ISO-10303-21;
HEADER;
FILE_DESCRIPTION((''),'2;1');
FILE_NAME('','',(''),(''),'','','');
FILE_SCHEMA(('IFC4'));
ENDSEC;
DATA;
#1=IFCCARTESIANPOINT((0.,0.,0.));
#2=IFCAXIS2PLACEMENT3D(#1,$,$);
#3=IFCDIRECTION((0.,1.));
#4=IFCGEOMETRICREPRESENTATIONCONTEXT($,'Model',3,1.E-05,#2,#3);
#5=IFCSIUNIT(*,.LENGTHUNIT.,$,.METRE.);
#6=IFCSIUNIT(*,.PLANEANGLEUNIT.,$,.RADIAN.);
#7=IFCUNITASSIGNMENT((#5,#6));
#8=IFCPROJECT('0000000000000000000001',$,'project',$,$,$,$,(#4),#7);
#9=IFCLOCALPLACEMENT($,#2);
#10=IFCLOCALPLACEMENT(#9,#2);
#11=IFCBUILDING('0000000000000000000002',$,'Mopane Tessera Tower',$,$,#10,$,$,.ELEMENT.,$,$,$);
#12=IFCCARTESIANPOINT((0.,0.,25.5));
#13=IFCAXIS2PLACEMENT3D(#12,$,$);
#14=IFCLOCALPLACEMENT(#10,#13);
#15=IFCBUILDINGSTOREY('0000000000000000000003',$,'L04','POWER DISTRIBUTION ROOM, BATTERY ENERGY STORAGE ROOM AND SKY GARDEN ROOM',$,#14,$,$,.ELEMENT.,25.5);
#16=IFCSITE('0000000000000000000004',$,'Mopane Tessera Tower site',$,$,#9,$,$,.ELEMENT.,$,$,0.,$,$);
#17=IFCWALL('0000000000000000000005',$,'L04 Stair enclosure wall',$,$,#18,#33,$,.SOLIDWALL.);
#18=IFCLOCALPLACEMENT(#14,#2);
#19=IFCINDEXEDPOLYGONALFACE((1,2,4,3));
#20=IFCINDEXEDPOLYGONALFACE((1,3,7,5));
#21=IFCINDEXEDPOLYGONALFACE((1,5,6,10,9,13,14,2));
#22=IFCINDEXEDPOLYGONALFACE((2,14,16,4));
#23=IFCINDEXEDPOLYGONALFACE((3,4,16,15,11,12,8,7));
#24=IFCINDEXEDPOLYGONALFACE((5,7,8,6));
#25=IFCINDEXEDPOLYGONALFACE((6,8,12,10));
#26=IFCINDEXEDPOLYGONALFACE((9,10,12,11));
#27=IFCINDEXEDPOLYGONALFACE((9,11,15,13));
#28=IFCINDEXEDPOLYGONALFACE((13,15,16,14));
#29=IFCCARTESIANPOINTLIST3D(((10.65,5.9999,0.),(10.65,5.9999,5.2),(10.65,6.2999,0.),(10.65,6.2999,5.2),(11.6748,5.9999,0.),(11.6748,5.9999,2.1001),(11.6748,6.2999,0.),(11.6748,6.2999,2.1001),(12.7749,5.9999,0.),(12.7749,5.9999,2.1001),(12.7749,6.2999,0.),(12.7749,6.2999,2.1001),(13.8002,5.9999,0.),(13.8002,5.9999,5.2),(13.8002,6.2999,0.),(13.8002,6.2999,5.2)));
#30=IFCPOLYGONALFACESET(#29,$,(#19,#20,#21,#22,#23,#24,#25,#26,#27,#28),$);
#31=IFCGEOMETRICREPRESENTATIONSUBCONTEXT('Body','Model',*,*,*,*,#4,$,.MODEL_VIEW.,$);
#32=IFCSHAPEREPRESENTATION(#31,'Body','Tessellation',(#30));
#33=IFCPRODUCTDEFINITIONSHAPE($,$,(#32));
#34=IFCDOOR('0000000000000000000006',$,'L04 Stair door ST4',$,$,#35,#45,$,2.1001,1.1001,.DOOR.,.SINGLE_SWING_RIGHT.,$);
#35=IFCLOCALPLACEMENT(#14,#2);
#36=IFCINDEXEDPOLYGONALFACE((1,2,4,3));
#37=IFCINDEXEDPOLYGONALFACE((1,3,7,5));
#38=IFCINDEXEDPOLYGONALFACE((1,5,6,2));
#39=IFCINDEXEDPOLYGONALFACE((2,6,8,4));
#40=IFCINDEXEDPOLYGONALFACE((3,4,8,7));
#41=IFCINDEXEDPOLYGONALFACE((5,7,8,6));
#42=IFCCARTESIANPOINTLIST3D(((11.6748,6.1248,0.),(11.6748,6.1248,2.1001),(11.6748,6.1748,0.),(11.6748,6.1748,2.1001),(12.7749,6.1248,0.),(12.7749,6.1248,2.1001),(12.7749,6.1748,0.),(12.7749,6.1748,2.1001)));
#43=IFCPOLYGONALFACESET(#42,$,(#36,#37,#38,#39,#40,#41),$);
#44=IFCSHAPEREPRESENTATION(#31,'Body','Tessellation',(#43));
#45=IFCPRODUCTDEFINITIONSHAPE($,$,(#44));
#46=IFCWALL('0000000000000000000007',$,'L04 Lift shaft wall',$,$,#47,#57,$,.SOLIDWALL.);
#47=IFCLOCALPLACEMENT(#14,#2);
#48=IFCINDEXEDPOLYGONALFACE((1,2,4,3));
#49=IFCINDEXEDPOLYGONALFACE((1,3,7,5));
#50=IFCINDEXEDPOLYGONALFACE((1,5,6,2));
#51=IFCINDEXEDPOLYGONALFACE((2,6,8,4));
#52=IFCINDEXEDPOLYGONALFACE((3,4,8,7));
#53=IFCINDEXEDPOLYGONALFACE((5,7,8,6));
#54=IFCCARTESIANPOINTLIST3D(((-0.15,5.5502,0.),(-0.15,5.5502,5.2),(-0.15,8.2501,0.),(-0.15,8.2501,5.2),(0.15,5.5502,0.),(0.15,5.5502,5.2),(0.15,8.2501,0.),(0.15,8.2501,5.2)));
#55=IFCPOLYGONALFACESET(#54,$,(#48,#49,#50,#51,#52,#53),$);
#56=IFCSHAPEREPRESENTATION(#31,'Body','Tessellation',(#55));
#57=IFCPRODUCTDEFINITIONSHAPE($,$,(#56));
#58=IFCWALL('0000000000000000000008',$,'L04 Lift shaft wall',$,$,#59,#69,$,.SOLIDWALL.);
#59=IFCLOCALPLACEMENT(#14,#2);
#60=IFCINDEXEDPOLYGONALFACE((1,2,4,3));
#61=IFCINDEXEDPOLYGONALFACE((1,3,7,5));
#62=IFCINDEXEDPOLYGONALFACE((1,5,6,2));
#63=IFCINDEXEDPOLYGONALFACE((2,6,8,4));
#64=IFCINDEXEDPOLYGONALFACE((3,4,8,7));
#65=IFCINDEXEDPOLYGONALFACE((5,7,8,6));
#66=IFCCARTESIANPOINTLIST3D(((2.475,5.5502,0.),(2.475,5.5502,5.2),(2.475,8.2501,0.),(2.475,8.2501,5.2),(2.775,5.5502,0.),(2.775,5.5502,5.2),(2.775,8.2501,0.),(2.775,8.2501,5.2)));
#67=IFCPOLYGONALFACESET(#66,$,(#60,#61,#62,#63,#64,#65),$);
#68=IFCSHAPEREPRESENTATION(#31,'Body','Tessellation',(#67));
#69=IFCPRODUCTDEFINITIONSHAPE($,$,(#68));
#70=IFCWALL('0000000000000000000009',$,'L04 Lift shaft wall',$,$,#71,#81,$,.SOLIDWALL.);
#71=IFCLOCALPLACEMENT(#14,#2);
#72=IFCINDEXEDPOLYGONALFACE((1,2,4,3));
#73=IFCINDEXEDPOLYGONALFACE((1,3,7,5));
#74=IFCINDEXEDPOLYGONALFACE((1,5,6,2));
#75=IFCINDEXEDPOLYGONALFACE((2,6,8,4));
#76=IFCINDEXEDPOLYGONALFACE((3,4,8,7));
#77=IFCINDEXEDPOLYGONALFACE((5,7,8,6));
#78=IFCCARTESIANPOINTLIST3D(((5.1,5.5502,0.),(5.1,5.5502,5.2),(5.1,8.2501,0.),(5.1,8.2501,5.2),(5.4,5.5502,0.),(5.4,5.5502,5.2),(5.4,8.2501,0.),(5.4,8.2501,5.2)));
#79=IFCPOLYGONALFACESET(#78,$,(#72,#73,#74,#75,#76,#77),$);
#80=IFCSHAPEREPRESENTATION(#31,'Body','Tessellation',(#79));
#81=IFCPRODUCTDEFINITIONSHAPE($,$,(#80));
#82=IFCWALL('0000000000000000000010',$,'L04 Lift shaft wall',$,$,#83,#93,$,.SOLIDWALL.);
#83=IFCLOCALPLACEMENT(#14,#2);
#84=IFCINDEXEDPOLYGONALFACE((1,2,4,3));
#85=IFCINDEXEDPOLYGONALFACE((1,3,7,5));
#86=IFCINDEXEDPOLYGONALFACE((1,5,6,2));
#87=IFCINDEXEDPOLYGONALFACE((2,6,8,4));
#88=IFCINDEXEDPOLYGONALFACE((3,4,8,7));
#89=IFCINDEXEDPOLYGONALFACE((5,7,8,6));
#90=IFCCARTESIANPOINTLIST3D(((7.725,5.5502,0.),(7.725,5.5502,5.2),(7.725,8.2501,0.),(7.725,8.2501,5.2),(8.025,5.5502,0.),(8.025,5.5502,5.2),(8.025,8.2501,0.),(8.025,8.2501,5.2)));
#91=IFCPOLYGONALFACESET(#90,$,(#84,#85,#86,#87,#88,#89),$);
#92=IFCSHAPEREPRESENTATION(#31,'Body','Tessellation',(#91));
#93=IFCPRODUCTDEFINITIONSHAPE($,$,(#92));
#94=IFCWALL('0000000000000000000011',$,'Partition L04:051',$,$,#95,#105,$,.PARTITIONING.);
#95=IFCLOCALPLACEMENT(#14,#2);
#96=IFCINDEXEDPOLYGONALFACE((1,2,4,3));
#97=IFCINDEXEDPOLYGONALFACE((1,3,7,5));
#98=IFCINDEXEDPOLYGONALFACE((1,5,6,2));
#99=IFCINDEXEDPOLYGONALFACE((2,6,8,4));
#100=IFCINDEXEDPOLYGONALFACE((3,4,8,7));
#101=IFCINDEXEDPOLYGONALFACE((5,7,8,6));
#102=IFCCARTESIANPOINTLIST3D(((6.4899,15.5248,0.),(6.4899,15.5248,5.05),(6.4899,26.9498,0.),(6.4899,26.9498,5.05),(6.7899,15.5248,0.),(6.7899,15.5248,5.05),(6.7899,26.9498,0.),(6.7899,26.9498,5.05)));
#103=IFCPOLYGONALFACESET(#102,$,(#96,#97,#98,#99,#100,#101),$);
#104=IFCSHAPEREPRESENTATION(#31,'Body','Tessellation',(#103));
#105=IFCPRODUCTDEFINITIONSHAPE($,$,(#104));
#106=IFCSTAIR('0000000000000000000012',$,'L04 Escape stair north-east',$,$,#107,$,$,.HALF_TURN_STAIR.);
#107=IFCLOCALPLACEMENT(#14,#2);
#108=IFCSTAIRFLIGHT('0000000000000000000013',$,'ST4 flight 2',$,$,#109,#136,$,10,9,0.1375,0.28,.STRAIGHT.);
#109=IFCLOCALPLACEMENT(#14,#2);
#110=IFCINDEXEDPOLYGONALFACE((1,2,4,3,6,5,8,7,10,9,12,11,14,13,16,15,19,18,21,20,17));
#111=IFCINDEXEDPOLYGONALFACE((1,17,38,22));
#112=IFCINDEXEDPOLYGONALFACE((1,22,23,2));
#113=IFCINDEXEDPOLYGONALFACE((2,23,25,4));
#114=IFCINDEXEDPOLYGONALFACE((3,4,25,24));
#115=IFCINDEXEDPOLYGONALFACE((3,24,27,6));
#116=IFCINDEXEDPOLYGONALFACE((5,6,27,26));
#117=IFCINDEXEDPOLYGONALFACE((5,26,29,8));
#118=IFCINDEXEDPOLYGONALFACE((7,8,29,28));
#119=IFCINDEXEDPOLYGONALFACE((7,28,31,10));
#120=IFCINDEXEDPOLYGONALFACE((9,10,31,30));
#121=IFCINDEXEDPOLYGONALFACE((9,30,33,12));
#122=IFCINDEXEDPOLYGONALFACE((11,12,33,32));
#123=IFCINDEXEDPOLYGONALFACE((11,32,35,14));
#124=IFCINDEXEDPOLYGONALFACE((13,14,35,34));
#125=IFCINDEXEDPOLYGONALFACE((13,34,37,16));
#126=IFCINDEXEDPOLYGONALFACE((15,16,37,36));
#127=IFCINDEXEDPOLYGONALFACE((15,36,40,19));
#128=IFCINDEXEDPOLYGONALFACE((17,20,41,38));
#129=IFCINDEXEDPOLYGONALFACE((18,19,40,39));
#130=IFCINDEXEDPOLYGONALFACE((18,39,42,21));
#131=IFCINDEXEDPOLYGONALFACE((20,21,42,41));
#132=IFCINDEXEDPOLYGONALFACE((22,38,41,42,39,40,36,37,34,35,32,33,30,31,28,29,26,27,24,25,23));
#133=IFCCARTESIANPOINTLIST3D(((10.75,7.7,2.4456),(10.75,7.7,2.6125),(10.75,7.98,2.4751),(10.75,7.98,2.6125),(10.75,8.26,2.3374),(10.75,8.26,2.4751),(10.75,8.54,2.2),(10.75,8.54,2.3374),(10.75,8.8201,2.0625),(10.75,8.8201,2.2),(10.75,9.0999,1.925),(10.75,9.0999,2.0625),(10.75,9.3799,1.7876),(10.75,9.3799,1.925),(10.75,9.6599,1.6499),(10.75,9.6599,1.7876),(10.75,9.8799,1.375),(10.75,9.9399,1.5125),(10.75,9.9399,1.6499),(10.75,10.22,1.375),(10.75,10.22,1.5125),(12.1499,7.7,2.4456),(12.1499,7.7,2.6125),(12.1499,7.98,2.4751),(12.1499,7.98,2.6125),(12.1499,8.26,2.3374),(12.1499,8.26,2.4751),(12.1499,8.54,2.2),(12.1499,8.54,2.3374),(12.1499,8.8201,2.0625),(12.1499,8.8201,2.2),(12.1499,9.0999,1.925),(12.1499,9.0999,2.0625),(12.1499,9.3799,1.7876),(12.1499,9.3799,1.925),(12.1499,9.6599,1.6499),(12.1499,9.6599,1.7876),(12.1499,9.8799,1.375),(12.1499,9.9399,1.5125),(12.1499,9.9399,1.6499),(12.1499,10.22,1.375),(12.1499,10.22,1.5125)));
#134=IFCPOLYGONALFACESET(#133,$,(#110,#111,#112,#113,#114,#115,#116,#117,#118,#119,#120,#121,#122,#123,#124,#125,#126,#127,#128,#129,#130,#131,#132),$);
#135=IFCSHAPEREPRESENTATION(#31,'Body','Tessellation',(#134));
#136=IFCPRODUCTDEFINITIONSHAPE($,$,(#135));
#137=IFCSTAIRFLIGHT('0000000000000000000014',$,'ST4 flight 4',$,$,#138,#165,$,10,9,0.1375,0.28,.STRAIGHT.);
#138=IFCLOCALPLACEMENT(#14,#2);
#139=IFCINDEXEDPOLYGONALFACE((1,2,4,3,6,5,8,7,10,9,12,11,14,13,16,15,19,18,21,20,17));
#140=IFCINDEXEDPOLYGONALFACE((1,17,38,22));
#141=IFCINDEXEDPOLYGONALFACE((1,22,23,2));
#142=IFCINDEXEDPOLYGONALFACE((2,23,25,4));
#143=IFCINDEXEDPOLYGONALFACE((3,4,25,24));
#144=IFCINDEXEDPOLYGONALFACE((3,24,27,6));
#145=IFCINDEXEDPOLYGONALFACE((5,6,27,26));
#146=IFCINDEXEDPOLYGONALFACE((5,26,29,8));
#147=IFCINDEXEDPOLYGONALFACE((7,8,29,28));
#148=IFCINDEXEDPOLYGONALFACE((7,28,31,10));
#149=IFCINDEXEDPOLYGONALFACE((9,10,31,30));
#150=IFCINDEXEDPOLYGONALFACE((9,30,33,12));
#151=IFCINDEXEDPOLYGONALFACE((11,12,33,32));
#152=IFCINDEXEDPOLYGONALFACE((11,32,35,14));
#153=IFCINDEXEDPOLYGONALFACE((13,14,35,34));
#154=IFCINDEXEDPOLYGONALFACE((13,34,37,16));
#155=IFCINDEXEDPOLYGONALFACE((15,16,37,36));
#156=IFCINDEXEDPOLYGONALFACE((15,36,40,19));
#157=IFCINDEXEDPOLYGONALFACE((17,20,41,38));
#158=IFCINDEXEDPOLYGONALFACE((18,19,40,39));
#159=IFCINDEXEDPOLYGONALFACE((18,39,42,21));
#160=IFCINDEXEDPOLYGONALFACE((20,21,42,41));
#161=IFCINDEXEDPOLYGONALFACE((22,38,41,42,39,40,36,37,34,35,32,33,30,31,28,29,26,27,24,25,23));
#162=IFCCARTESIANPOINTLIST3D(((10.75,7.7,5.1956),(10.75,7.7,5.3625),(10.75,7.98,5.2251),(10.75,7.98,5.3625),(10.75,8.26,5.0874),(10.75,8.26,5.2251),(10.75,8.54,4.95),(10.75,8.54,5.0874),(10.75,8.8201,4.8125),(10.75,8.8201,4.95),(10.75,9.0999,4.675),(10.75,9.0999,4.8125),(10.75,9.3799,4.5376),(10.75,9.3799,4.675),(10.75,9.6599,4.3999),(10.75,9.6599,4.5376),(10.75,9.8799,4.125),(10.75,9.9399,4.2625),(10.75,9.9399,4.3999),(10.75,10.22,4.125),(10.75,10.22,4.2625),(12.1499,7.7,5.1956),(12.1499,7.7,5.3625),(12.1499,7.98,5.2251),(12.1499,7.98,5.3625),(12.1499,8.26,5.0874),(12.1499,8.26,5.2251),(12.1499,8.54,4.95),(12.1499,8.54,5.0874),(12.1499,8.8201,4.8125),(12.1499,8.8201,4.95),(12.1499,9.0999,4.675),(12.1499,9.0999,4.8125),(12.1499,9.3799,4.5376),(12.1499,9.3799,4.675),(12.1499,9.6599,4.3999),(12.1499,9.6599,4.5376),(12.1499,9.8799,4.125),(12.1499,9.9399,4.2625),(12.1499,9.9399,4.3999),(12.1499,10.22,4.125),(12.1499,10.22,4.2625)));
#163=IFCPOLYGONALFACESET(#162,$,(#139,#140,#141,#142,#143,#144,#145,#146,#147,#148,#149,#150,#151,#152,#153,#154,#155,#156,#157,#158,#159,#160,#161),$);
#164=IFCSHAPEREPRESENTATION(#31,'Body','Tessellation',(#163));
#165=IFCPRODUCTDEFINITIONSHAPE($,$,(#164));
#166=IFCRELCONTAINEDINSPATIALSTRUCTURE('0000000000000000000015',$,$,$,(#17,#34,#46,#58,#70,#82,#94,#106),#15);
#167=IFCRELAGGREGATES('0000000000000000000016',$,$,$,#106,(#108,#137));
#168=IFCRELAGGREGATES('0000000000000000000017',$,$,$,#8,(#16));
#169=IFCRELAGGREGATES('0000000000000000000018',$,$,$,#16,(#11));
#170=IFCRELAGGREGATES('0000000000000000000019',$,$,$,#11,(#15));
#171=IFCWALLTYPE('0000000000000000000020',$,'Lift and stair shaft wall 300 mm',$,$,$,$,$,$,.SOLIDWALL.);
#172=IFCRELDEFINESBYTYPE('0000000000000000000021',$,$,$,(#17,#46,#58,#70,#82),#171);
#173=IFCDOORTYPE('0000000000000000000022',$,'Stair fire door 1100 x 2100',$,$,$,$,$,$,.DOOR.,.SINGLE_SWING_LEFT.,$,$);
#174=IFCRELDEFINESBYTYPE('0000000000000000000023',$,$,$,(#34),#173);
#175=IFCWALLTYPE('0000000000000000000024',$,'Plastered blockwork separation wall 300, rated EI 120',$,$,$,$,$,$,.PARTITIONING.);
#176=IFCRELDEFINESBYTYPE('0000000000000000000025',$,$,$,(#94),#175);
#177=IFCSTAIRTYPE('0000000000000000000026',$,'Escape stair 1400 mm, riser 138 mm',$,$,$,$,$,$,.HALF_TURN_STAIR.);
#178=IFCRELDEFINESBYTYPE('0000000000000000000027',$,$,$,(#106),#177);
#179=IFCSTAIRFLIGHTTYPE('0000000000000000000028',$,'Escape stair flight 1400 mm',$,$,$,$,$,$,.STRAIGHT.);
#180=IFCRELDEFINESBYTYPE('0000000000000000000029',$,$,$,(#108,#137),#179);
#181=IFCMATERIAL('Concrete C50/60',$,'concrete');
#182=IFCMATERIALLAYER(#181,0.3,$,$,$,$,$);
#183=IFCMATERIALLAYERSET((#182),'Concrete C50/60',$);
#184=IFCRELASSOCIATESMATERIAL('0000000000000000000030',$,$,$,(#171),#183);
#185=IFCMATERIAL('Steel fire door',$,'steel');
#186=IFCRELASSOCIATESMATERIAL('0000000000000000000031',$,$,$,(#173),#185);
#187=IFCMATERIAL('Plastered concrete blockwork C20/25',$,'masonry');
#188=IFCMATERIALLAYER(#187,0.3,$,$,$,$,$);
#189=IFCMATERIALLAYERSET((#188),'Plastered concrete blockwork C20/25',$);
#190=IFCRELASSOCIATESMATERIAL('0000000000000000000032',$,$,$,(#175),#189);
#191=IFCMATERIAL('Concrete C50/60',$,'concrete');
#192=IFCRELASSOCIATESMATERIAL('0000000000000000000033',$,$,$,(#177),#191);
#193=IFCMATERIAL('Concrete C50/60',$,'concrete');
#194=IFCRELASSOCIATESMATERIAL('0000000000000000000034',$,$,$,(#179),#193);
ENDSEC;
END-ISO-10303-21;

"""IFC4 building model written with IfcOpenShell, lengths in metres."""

from ifc_helpers import new_model, si_unit, direction, frame, frame_2d, origin, place, context, subcontext, project, spatial, polyline, rectangle, outline, extrude, material, layer, layer_set, type_object, element, fill, aggregate, save


model = new_model("IFC4")

# Units and contexts
model_context = context("Model", 3, precision=1e-05, world=origin(), true_north=direction((0.0, 1.0)))
body_context = subcontext(model_context, "Body", "Model", "MODEL_VIEW")
ifc_project = project(units=[si_unit("LENGTHUNIT", "METRE"), si_unit("PLANEANGLEUNIT", "RADIAN")], contexts=[model_context])

# Site, building, storey
site_placement = place(None, origin())
site = spatial("IfcSite", under=ifc_project, at=site_placement, Name="Mopane Tessera Tower site", CompositionType="ELEMENT", RefElevation=0.0)
building_placement = place(site_placement, origin())
building = spatial("IfcBuilding", under=site, at=building_placement, Name="Mopane Tessera Tower", CompositionType="ELEMENT")
storey_placement = place(building_placement, frame((0.0, 0.0, 25.5)))
storey = spatial("IfcBuildingStorey", under=building, at=storey_placement, Name="L04", Description="POWER DISTRIBUTION ROOM, BATTERY ENERGY STORAGE ROOM AND SKY GARDEN ROOM", CompositionType="ELEMENT", Elevation=25.5)

# Wall, opening, door
ifc_material_1 = material(Name="Concrete C50/60", Category="concrete")
ifc_layer_1 = layer(ifc_material_1, 0.3)
ifc_layer_set_1 = layer_set([ifc_layer_1], Name="Concrete C50/60")
wall_type_1 = type_object("IfcWallType", Name="Lift and stair shaft wall 300 mm", PredefinedType="SOLIDWALL", material=ifc_layer_set_1)
wall_1_placement = place(storey_placement, frame((10.6499, 6.1499, 0.0), z_axis=(0.0, 0.0, 1.0), x_axis=(1.0, 0.0, 0.0)))
wall_1 = element("IfcWall", 1, at=wall_1_placement, inside=storey, type_object=wall_type_1, Name="L04 Stair enclosure wall", PredefinedType="SOLIDWALL", context=body_context, shape_type="SweptSolid", body=[
    extrude(rectangle(XDim=3.1501, YDim=0.3, at=frame_2d((1.5752, 0.0))), origin(), (0.0, 0.0, 1.0), 5.2),
])
opening_placement = place(wall_1_placement, frame((1.0249, 0.0, 0.0)))
opening = element("IfcOpeningElement", 2, at=opening_placement, cuts=wall_1, PredefinedType="OPENING", context=body_context, shape_type="SweptSolid", body=[
    extrude(rectangle(XDim=1.1001, YDim=2.1001, at=frame_2d((0.55, 1.05))), frame((0.0, 0.1621, 0.0), z_axis=(0.0, -1.0, 0.0), x_axis=(1.0, 0.0, 0.0)), (0.0, 0.0, 1.0), 0.324),
])
ifc_material_2 = material(Name="Steel fire door", Category="steel")
door_type = type_object("IfcDoorType", Name="Stair fire door 1100 x 2100", OperationType="SINGLE_SWING_LEFT", PredefinedType="DOOR", material=ifc_material_2)
door_placement = place(opening_placement, origin())
door = element("IfcDoor", 3, at=door_placement, inside=storey, type_object=door_type, Name="L04 Stair door ST4", OperationType="SINGLE_SWING_RIGHT", OverallHeight=2.1001, OverallWidth=1.1001, PredefinedType="DOOR", context=body_context, shape_type="SweptSolid", body=[
    extrude(rectangle(XDim=1.1001, YDim=2.1001, at=frame_2d((0.55, 1.05))), frame((0.0, 0.0249, 0.0), z_axis=(0.0, -1.0, 0.0), x_axis=(1.0, 0.0, 0.0)), (0.0, 0.0, 1.0), 0.05),
])
fill(opening, door)

# Walls
for number, where, z_axis, x_axis, name in (
    (4, (0.0, 5.55, 0.0), (0.0, 0.0, 1.0), (0.0, 1.0, 0.0), "L04 Lift shaft wall"),
    (5, (2.625, 5.55, 0.0), (0.0, 0.0, 1.0), (0.0, 1.0, 0.0), "L04 Lift shaft wall"),
    (6, (5.25, 5.55, 0.0), (0.0, 0.0, 1.0), (0.0, 1.0, 0.0), "L04 Lift shaft wall"),
    (7, (7.875, 5.55, 0.0), (0.0, 0.0, 1.0), (0.0, 1.0, 0.0), "L04 Lift shaft wall"),
):
    element("IfcWall", number, at=place(storey_placement, frame(where, z_axis=z_axis, x_axis=x_axis)), inside=storey, type_object=wall_type_1, Name=name, PredefinedType="SOLIDWALL", context=body_context, shape_type="SweptSolid", body=[
        extrude(rectangle(XDim=2.7, YDim=0.3, at=frame_2d((1.3501, 0.0))), origin(), (0.0, 0.0, 1.0), 5.2),
    ])
ifc_material_3 = material(Name="Plastered concrete blockwork C20/25", Category="masonry")
ifc_layer_2 = layer(ifc_material_3, 0.3)
ifc_layer_set_2 = layer_set([ifc_layer_2], Name="Plastered concrete blockwork C20/25")
wall_type_2 = type_object("IfcWallType", Name="Plastered blockwork separation wall 300, rated EI 120", PredefinedType="PARTITIONING", material=ifc_layer_set_2)
wall_2_placement = place(storey_placement, frame((6.6399, 15.5249, 0.0), z_axis=(0.0, 0.0, 1.0), x_axis=(0.0, 1.0, 0.0)))
element("IfcWall", 8, at=wall_2_placement, inside=storey, type_object=wall_type_2, Name="Partition L04:051", PredefinedType="PARTITIONING", context=body_context, shape_type="SweptSolid", body=[
    extrude(rectangle(XDim=11.425, YDim=0.3, at=frame_2d((5.7124, 0.0))), origin(), (0.0, 0.0, 1.0), 5.05),
])

# Stair, stair flights
ifc_material_4 = material(Name="Concrete C50/60", Category="concrete")
stair_type = type_object("IfcStairType", Name="Escape stair 1400 mm, riser 138 mm", PredefinedType="HALF_TURN_STAIR", material=ifc_material_4)
stair_placement = place(storey_placement, origin())
stair = element("IfcStair", 9, at=stair_placement, inside=storey, type_object=stair_type, Name="L04 Escape stair north-east", PredefinedType="HALF_TURN_STAIR")
ifc_material_5 = material(Name="Concrete C50/60", Category="concrete")
stair_flight_type = type_object("IfcStairFlightType", Name="Escape stair flight 1400 mm", PredefinedType="STRAIGHT", material=ifc_material_5)
stair_flight_1_placement = place(storey_placement, frame((11.45, 10.22, 1.375), z_axis=(0.0, 0.0, 1.0), x_axis=(0.0, -1.0, 0.0)))
stair_flight_1 = element("IfcStairFlight", 10, at=stair_flight_1_placement, type_object=stair_flight_type, Name="ST4 flight 2", NumberOfRisers=10, NumberOfTreads=9, PredefinedType="STRAIGHT", RiserHeight=0.1375, TreadLength=0.28, context=body_context, shape_type="SweptSolid", body=[
    extrude(outline(polyline([(0.0, 0.0), (0.0, 0.1375), (0.28, 0.1375), (0.28, 0.2749), (0.5601, 0.2749), (0.5601, 0.4126), (0.8401, 0.4126), (0.8401, 0.55), (1.1201, 0.55), (1.1201, 0.6875), (1.3999, 0.6875), (1.3999, 0.825), (1.6799, 0.825), (1.6799, 0.9624), (1.96, 0.9624), (1.96, 1.1001), (2.24, 1.1001), (2.24, 1.2375), (2.52, 1.2375), (2.52, 1.375), (2.52, 1.0706), (0.3401, 0.0), (0.0, 0.0)])), frame((0.0, 0.7, 0.0), z_axis=(0.0, -1.0, 0.0), x_axis=(1.0, 0.0, 0.0)), (0.0, 0.0, 1.0), 1.3999),
])
stair_flight_2_placement = place(storey_placement, frame((11.45, 10.22, 4.125), z_axis=(0.0, 0.0, 1.0), x_axis=(0.0, -1.0, 0.0)))
stair_flight_2 = element("IfcStairFlight", 11, at=stair_flight_2_placement, type_object=stair_flight_type, Name="ST4 flight 4", NumberOfRisers=10, NumberOfTreads=9, PredefinedType="STRAIGHT", RiserHeight=0.1375, TreadLength=0.28, context=body_context, shape_type="SweptSolid", body=[
    extrude(outline(polyline([(0.0, 0.0), (0.0, 0.1375), (0.28, 0.1375), (0.28, 0.2749), (0.5601, 0.2749), (0.5601, 0.4126), (0.8401, 0.4126), (0.8401, 0.55), (1.1201, 0.55), (1.1201, 0.6875), (1.3999, 0.6875), (1.3999, 0.825), (1.6799, 0.825), (1.6799, 0.9624), (1.96, 0.9624), (1.96, 1.1001), (2.24, 1.1001), (2.24, 1.2375), (2.52, 1.2375), (2.52, 1.375), (2.52, 1.0706), (0.3401, 0.0), (0.0, 0.0)])), frame((0.0, 0.7, 0.0), z_axis=(0.0, -1.0, 0.0), x_axis=(1.0, 0.0, 0.0)), (0.0, 0.0, 1.0), 1.3999),
])
aggregate(stair, [stair_flight_1, stair_flight_2])

save(model, "model.ifc")
